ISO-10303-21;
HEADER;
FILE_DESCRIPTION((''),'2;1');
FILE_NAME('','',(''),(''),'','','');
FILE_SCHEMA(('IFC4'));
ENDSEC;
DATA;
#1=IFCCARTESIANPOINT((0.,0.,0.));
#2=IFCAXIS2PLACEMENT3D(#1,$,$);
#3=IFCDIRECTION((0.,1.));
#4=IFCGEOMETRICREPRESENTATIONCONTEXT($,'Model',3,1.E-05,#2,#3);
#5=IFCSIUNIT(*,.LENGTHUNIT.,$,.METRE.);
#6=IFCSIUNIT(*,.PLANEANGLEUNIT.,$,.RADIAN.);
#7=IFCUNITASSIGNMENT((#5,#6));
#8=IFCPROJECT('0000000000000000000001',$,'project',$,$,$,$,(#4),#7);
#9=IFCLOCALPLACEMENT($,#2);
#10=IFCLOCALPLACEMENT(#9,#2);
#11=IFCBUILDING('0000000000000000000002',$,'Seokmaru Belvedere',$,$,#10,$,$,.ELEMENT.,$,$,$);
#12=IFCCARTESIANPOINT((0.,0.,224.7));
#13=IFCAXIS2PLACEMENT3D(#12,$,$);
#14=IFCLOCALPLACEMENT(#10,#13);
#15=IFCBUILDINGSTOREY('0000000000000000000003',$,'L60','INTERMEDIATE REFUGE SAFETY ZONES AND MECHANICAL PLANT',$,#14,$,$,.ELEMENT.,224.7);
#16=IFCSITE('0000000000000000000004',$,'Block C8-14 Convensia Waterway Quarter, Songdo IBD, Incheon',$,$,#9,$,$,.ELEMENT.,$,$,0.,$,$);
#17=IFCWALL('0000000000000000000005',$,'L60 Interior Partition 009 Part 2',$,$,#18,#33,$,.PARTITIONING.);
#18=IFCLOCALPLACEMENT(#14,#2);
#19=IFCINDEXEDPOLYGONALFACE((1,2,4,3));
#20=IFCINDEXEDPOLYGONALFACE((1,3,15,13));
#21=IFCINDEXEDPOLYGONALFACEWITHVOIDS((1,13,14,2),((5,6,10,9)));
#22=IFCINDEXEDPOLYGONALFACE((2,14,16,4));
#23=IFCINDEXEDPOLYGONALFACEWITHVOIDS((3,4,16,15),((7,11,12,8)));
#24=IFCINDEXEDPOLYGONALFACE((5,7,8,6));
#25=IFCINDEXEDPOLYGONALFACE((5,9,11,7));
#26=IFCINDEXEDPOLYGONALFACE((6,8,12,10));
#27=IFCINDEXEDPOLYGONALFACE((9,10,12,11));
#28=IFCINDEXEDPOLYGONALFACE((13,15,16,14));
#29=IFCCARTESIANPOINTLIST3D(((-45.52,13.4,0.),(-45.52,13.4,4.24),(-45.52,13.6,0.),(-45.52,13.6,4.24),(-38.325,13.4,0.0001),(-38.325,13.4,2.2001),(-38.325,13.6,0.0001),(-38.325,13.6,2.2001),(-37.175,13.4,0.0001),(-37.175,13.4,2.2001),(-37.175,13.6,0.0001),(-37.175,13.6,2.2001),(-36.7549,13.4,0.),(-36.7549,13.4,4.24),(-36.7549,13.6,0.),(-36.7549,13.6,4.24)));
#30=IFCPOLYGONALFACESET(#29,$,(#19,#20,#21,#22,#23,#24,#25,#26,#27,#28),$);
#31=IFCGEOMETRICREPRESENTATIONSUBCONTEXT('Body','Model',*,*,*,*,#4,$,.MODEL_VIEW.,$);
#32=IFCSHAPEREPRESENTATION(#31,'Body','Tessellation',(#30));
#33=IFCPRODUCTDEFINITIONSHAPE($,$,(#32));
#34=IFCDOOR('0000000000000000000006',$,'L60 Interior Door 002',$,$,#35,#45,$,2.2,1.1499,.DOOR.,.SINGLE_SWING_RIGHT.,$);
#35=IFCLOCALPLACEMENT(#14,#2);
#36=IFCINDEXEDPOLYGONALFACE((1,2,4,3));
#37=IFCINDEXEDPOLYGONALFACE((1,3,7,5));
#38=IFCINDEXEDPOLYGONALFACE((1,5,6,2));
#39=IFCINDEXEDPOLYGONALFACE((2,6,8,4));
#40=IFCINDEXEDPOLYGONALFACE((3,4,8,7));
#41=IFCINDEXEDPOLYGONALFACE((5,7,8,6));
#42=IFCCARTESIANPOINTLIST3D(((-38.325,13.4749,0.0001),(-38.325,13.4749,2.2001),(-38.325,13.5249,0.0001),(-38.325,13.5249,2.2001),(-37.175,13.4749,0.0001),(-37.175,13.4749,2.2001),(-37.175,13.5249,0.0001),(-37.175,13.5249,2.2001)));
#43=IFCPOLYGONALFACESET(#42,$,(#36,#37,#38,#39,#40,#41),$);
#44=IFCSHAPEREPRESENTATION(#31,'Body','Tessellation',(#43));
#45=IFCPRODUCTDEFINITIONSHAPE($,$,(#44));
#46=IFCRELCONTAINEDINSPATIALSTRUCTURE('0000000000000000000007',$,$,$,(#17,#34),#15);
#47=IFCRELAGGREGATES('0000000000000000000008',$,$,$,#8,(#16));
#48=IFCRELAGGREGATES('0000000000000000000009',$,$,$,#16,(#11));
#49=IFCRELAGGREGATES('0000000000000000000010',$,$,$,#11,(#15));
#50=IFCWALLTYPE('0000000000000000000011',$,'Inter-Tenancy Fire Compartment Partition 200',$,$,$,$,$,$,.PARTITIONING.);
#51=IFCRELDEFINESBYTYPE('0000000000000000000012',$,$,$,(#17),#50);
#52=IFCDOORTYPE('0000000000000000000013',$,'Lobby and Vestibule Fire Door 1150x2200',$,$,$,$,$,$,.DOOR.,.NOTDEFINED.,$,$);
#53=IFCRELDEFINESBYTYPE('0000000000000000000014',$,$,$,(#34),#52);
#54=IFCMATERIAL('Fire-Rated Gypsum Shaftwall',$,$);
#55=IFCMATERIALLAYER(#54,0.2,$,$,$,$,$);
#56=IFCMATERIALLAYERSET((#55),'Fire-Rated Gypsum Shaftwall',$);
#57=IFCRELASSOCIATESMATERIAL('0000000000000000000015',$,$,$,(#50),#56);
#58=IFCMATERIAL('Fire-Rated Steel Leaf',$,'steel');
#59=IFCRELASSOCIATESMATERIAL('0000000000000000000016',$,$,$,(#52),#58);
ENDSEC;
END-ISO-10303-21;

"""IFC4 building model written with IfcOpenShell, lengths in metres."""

from ifc_helpers import new_model, si_unit, direction, frame, frame_2d, origin, place, context, subcontext, project, spatial, rectangle, extrude, source, transform, mapped, material, layer, layer_set, type_object, type_shapes, element, fill, save


model = new_model("IFC4")

# Units and contexts
model_context = context("Model", 3, precision=1e-05, world=origin(), true_north=direction((0.0, 1.0)))
body_context = subcontext(model_context, "Body", "Model", "MODEL_VIEW")
ifc_project = project(units=[si_unit("LENGTHUNIT", "METRE"), si_unit("PLANEANGLEUNIT", "RADIAN")], contexts=[model_context])

# Site, building, storey
site_placement = place(None, origin())
site = spatial("IfcSite", under=ifc_project, at=site_placement, Name="Block C8-14 Convensia Waterway Quarter, Songdo IBD, Incheon", CompositionType="ELEMENT", RefElevation=0.0)
building_placement = place(site_placement, origin())
building = spatial("IfcBuilding", under=site, at=building_placement, Name="Seokmaru Belvedere", CompositionType="ELEMENT")
storey_placement = place(building_placement, frame((0.0, 0.0, 224.7)))
storey = spatial("IfcBuildingStorey", under=building, at=storey_placement, Name="L60", Description="INTERMEDIATE REFUGE SAFETY ZONES AND MECHANICAL PLANT", CompositionType="ELEMENT", Elevation=224.7)

# Shared definitions
ifc_material_1 = material(Name="Fire-Rated Gypsum Shaftwall")
ifc_layer = layer(ifc_material_1, 0.2)
ifc_layer_set = layer_set([ifc_layer], Name="Fire-Rated Gypsum Shaftwall")
wall_type = type_object("IfcWallType", Name="Inter-Tenancy Fire Compartment Partition 200", PredefinedType="PARTITIONING", material=ifc_layer_set)

# Wall, opening, door
wall_1_placement = place(storey_placement, frame((-45.52, 13.5, 0.0), z_axis=(0.0, 0.0, 1.0), x_axis=(1.0, 0.0, 0.0)))
wall_1 = element("IfcWall", 1, at=wall_1_placement, inside=storey, type_object=wall_type, Name="L60 Interior Partition 009 Part 2", PredefinedType="PARTITIONING", context=body_context, shape_type="SweptSolid", body=[
    extrude(rectangle(XDim=8.7651, YDim=0.2, at=frame_2d((4.3826, 0.0))), origin(), (0.0, 0.0, 1.0), 4.24),
])
opening_placement = place(wall_1_placement, frame((7.1951, 0.0, 0.0)))
opening = element("IfcOpeningElement", 2, at=opening_placement, cuts=wall_1, PredefinedType="OPENING", context=body_context, shape_type="SweptSolid", body=[
    extrude(rectangle(XDim=1.1499, YDim=2.2, at=frame_2d((0.575, 1.1001))), frame((0.0, 0.1099, 0.0), z_axis=(0.0, -1.0, 0.0), x_axis=(1.0, 0.0, 0.0)), (0.0, 0.0, 1.0), 0.22),
])
ifc_material_2 = material(Name="Fire-Rated Steel Leaf", Category="steel")
door_type = type_object("IfcDoorType", Name="Lobby and Vestibule Fire Door 1150x2200", OperationType="NOTDEFINED", PredefinedType="DOOR", material=ifc_material_2)
shared_shape_1 = source(origin(), body_context, "Body", "SweptSolid", [
    extrude(rectangle(XDim=1.1499, YDim=2.2, at=frame_2d((0.575, 1.1001))), frame((0.0, 0.0249, 0.0), z_axis=(0.0, -1.0, 0.0), x_axis=(1.0, 0.0, 0.0)), (0.0, 0.0, 1.0), 0.05),
])
type_shapes(door_type, [shared_shape_1])
door_placement = place(opening_placement, origin())
door = element("IfcDoor", 3, at=door_placement, inside=storey, type_object=door_type, Name="L60 Interior Door 002", OperationType="SINGLE_SWING_RIGHT", OverallHeight=2.2, OverallWidth=1.1499, PredefinedType="DOOR", context=body_context, shape_type="MappedRepresentation", body=[
    mapped(shared_shape_1, transform((0.0, 0.0, 0.0), scale=1.0)),
])
fill(opening, door)

save(model, "model.ifc")
